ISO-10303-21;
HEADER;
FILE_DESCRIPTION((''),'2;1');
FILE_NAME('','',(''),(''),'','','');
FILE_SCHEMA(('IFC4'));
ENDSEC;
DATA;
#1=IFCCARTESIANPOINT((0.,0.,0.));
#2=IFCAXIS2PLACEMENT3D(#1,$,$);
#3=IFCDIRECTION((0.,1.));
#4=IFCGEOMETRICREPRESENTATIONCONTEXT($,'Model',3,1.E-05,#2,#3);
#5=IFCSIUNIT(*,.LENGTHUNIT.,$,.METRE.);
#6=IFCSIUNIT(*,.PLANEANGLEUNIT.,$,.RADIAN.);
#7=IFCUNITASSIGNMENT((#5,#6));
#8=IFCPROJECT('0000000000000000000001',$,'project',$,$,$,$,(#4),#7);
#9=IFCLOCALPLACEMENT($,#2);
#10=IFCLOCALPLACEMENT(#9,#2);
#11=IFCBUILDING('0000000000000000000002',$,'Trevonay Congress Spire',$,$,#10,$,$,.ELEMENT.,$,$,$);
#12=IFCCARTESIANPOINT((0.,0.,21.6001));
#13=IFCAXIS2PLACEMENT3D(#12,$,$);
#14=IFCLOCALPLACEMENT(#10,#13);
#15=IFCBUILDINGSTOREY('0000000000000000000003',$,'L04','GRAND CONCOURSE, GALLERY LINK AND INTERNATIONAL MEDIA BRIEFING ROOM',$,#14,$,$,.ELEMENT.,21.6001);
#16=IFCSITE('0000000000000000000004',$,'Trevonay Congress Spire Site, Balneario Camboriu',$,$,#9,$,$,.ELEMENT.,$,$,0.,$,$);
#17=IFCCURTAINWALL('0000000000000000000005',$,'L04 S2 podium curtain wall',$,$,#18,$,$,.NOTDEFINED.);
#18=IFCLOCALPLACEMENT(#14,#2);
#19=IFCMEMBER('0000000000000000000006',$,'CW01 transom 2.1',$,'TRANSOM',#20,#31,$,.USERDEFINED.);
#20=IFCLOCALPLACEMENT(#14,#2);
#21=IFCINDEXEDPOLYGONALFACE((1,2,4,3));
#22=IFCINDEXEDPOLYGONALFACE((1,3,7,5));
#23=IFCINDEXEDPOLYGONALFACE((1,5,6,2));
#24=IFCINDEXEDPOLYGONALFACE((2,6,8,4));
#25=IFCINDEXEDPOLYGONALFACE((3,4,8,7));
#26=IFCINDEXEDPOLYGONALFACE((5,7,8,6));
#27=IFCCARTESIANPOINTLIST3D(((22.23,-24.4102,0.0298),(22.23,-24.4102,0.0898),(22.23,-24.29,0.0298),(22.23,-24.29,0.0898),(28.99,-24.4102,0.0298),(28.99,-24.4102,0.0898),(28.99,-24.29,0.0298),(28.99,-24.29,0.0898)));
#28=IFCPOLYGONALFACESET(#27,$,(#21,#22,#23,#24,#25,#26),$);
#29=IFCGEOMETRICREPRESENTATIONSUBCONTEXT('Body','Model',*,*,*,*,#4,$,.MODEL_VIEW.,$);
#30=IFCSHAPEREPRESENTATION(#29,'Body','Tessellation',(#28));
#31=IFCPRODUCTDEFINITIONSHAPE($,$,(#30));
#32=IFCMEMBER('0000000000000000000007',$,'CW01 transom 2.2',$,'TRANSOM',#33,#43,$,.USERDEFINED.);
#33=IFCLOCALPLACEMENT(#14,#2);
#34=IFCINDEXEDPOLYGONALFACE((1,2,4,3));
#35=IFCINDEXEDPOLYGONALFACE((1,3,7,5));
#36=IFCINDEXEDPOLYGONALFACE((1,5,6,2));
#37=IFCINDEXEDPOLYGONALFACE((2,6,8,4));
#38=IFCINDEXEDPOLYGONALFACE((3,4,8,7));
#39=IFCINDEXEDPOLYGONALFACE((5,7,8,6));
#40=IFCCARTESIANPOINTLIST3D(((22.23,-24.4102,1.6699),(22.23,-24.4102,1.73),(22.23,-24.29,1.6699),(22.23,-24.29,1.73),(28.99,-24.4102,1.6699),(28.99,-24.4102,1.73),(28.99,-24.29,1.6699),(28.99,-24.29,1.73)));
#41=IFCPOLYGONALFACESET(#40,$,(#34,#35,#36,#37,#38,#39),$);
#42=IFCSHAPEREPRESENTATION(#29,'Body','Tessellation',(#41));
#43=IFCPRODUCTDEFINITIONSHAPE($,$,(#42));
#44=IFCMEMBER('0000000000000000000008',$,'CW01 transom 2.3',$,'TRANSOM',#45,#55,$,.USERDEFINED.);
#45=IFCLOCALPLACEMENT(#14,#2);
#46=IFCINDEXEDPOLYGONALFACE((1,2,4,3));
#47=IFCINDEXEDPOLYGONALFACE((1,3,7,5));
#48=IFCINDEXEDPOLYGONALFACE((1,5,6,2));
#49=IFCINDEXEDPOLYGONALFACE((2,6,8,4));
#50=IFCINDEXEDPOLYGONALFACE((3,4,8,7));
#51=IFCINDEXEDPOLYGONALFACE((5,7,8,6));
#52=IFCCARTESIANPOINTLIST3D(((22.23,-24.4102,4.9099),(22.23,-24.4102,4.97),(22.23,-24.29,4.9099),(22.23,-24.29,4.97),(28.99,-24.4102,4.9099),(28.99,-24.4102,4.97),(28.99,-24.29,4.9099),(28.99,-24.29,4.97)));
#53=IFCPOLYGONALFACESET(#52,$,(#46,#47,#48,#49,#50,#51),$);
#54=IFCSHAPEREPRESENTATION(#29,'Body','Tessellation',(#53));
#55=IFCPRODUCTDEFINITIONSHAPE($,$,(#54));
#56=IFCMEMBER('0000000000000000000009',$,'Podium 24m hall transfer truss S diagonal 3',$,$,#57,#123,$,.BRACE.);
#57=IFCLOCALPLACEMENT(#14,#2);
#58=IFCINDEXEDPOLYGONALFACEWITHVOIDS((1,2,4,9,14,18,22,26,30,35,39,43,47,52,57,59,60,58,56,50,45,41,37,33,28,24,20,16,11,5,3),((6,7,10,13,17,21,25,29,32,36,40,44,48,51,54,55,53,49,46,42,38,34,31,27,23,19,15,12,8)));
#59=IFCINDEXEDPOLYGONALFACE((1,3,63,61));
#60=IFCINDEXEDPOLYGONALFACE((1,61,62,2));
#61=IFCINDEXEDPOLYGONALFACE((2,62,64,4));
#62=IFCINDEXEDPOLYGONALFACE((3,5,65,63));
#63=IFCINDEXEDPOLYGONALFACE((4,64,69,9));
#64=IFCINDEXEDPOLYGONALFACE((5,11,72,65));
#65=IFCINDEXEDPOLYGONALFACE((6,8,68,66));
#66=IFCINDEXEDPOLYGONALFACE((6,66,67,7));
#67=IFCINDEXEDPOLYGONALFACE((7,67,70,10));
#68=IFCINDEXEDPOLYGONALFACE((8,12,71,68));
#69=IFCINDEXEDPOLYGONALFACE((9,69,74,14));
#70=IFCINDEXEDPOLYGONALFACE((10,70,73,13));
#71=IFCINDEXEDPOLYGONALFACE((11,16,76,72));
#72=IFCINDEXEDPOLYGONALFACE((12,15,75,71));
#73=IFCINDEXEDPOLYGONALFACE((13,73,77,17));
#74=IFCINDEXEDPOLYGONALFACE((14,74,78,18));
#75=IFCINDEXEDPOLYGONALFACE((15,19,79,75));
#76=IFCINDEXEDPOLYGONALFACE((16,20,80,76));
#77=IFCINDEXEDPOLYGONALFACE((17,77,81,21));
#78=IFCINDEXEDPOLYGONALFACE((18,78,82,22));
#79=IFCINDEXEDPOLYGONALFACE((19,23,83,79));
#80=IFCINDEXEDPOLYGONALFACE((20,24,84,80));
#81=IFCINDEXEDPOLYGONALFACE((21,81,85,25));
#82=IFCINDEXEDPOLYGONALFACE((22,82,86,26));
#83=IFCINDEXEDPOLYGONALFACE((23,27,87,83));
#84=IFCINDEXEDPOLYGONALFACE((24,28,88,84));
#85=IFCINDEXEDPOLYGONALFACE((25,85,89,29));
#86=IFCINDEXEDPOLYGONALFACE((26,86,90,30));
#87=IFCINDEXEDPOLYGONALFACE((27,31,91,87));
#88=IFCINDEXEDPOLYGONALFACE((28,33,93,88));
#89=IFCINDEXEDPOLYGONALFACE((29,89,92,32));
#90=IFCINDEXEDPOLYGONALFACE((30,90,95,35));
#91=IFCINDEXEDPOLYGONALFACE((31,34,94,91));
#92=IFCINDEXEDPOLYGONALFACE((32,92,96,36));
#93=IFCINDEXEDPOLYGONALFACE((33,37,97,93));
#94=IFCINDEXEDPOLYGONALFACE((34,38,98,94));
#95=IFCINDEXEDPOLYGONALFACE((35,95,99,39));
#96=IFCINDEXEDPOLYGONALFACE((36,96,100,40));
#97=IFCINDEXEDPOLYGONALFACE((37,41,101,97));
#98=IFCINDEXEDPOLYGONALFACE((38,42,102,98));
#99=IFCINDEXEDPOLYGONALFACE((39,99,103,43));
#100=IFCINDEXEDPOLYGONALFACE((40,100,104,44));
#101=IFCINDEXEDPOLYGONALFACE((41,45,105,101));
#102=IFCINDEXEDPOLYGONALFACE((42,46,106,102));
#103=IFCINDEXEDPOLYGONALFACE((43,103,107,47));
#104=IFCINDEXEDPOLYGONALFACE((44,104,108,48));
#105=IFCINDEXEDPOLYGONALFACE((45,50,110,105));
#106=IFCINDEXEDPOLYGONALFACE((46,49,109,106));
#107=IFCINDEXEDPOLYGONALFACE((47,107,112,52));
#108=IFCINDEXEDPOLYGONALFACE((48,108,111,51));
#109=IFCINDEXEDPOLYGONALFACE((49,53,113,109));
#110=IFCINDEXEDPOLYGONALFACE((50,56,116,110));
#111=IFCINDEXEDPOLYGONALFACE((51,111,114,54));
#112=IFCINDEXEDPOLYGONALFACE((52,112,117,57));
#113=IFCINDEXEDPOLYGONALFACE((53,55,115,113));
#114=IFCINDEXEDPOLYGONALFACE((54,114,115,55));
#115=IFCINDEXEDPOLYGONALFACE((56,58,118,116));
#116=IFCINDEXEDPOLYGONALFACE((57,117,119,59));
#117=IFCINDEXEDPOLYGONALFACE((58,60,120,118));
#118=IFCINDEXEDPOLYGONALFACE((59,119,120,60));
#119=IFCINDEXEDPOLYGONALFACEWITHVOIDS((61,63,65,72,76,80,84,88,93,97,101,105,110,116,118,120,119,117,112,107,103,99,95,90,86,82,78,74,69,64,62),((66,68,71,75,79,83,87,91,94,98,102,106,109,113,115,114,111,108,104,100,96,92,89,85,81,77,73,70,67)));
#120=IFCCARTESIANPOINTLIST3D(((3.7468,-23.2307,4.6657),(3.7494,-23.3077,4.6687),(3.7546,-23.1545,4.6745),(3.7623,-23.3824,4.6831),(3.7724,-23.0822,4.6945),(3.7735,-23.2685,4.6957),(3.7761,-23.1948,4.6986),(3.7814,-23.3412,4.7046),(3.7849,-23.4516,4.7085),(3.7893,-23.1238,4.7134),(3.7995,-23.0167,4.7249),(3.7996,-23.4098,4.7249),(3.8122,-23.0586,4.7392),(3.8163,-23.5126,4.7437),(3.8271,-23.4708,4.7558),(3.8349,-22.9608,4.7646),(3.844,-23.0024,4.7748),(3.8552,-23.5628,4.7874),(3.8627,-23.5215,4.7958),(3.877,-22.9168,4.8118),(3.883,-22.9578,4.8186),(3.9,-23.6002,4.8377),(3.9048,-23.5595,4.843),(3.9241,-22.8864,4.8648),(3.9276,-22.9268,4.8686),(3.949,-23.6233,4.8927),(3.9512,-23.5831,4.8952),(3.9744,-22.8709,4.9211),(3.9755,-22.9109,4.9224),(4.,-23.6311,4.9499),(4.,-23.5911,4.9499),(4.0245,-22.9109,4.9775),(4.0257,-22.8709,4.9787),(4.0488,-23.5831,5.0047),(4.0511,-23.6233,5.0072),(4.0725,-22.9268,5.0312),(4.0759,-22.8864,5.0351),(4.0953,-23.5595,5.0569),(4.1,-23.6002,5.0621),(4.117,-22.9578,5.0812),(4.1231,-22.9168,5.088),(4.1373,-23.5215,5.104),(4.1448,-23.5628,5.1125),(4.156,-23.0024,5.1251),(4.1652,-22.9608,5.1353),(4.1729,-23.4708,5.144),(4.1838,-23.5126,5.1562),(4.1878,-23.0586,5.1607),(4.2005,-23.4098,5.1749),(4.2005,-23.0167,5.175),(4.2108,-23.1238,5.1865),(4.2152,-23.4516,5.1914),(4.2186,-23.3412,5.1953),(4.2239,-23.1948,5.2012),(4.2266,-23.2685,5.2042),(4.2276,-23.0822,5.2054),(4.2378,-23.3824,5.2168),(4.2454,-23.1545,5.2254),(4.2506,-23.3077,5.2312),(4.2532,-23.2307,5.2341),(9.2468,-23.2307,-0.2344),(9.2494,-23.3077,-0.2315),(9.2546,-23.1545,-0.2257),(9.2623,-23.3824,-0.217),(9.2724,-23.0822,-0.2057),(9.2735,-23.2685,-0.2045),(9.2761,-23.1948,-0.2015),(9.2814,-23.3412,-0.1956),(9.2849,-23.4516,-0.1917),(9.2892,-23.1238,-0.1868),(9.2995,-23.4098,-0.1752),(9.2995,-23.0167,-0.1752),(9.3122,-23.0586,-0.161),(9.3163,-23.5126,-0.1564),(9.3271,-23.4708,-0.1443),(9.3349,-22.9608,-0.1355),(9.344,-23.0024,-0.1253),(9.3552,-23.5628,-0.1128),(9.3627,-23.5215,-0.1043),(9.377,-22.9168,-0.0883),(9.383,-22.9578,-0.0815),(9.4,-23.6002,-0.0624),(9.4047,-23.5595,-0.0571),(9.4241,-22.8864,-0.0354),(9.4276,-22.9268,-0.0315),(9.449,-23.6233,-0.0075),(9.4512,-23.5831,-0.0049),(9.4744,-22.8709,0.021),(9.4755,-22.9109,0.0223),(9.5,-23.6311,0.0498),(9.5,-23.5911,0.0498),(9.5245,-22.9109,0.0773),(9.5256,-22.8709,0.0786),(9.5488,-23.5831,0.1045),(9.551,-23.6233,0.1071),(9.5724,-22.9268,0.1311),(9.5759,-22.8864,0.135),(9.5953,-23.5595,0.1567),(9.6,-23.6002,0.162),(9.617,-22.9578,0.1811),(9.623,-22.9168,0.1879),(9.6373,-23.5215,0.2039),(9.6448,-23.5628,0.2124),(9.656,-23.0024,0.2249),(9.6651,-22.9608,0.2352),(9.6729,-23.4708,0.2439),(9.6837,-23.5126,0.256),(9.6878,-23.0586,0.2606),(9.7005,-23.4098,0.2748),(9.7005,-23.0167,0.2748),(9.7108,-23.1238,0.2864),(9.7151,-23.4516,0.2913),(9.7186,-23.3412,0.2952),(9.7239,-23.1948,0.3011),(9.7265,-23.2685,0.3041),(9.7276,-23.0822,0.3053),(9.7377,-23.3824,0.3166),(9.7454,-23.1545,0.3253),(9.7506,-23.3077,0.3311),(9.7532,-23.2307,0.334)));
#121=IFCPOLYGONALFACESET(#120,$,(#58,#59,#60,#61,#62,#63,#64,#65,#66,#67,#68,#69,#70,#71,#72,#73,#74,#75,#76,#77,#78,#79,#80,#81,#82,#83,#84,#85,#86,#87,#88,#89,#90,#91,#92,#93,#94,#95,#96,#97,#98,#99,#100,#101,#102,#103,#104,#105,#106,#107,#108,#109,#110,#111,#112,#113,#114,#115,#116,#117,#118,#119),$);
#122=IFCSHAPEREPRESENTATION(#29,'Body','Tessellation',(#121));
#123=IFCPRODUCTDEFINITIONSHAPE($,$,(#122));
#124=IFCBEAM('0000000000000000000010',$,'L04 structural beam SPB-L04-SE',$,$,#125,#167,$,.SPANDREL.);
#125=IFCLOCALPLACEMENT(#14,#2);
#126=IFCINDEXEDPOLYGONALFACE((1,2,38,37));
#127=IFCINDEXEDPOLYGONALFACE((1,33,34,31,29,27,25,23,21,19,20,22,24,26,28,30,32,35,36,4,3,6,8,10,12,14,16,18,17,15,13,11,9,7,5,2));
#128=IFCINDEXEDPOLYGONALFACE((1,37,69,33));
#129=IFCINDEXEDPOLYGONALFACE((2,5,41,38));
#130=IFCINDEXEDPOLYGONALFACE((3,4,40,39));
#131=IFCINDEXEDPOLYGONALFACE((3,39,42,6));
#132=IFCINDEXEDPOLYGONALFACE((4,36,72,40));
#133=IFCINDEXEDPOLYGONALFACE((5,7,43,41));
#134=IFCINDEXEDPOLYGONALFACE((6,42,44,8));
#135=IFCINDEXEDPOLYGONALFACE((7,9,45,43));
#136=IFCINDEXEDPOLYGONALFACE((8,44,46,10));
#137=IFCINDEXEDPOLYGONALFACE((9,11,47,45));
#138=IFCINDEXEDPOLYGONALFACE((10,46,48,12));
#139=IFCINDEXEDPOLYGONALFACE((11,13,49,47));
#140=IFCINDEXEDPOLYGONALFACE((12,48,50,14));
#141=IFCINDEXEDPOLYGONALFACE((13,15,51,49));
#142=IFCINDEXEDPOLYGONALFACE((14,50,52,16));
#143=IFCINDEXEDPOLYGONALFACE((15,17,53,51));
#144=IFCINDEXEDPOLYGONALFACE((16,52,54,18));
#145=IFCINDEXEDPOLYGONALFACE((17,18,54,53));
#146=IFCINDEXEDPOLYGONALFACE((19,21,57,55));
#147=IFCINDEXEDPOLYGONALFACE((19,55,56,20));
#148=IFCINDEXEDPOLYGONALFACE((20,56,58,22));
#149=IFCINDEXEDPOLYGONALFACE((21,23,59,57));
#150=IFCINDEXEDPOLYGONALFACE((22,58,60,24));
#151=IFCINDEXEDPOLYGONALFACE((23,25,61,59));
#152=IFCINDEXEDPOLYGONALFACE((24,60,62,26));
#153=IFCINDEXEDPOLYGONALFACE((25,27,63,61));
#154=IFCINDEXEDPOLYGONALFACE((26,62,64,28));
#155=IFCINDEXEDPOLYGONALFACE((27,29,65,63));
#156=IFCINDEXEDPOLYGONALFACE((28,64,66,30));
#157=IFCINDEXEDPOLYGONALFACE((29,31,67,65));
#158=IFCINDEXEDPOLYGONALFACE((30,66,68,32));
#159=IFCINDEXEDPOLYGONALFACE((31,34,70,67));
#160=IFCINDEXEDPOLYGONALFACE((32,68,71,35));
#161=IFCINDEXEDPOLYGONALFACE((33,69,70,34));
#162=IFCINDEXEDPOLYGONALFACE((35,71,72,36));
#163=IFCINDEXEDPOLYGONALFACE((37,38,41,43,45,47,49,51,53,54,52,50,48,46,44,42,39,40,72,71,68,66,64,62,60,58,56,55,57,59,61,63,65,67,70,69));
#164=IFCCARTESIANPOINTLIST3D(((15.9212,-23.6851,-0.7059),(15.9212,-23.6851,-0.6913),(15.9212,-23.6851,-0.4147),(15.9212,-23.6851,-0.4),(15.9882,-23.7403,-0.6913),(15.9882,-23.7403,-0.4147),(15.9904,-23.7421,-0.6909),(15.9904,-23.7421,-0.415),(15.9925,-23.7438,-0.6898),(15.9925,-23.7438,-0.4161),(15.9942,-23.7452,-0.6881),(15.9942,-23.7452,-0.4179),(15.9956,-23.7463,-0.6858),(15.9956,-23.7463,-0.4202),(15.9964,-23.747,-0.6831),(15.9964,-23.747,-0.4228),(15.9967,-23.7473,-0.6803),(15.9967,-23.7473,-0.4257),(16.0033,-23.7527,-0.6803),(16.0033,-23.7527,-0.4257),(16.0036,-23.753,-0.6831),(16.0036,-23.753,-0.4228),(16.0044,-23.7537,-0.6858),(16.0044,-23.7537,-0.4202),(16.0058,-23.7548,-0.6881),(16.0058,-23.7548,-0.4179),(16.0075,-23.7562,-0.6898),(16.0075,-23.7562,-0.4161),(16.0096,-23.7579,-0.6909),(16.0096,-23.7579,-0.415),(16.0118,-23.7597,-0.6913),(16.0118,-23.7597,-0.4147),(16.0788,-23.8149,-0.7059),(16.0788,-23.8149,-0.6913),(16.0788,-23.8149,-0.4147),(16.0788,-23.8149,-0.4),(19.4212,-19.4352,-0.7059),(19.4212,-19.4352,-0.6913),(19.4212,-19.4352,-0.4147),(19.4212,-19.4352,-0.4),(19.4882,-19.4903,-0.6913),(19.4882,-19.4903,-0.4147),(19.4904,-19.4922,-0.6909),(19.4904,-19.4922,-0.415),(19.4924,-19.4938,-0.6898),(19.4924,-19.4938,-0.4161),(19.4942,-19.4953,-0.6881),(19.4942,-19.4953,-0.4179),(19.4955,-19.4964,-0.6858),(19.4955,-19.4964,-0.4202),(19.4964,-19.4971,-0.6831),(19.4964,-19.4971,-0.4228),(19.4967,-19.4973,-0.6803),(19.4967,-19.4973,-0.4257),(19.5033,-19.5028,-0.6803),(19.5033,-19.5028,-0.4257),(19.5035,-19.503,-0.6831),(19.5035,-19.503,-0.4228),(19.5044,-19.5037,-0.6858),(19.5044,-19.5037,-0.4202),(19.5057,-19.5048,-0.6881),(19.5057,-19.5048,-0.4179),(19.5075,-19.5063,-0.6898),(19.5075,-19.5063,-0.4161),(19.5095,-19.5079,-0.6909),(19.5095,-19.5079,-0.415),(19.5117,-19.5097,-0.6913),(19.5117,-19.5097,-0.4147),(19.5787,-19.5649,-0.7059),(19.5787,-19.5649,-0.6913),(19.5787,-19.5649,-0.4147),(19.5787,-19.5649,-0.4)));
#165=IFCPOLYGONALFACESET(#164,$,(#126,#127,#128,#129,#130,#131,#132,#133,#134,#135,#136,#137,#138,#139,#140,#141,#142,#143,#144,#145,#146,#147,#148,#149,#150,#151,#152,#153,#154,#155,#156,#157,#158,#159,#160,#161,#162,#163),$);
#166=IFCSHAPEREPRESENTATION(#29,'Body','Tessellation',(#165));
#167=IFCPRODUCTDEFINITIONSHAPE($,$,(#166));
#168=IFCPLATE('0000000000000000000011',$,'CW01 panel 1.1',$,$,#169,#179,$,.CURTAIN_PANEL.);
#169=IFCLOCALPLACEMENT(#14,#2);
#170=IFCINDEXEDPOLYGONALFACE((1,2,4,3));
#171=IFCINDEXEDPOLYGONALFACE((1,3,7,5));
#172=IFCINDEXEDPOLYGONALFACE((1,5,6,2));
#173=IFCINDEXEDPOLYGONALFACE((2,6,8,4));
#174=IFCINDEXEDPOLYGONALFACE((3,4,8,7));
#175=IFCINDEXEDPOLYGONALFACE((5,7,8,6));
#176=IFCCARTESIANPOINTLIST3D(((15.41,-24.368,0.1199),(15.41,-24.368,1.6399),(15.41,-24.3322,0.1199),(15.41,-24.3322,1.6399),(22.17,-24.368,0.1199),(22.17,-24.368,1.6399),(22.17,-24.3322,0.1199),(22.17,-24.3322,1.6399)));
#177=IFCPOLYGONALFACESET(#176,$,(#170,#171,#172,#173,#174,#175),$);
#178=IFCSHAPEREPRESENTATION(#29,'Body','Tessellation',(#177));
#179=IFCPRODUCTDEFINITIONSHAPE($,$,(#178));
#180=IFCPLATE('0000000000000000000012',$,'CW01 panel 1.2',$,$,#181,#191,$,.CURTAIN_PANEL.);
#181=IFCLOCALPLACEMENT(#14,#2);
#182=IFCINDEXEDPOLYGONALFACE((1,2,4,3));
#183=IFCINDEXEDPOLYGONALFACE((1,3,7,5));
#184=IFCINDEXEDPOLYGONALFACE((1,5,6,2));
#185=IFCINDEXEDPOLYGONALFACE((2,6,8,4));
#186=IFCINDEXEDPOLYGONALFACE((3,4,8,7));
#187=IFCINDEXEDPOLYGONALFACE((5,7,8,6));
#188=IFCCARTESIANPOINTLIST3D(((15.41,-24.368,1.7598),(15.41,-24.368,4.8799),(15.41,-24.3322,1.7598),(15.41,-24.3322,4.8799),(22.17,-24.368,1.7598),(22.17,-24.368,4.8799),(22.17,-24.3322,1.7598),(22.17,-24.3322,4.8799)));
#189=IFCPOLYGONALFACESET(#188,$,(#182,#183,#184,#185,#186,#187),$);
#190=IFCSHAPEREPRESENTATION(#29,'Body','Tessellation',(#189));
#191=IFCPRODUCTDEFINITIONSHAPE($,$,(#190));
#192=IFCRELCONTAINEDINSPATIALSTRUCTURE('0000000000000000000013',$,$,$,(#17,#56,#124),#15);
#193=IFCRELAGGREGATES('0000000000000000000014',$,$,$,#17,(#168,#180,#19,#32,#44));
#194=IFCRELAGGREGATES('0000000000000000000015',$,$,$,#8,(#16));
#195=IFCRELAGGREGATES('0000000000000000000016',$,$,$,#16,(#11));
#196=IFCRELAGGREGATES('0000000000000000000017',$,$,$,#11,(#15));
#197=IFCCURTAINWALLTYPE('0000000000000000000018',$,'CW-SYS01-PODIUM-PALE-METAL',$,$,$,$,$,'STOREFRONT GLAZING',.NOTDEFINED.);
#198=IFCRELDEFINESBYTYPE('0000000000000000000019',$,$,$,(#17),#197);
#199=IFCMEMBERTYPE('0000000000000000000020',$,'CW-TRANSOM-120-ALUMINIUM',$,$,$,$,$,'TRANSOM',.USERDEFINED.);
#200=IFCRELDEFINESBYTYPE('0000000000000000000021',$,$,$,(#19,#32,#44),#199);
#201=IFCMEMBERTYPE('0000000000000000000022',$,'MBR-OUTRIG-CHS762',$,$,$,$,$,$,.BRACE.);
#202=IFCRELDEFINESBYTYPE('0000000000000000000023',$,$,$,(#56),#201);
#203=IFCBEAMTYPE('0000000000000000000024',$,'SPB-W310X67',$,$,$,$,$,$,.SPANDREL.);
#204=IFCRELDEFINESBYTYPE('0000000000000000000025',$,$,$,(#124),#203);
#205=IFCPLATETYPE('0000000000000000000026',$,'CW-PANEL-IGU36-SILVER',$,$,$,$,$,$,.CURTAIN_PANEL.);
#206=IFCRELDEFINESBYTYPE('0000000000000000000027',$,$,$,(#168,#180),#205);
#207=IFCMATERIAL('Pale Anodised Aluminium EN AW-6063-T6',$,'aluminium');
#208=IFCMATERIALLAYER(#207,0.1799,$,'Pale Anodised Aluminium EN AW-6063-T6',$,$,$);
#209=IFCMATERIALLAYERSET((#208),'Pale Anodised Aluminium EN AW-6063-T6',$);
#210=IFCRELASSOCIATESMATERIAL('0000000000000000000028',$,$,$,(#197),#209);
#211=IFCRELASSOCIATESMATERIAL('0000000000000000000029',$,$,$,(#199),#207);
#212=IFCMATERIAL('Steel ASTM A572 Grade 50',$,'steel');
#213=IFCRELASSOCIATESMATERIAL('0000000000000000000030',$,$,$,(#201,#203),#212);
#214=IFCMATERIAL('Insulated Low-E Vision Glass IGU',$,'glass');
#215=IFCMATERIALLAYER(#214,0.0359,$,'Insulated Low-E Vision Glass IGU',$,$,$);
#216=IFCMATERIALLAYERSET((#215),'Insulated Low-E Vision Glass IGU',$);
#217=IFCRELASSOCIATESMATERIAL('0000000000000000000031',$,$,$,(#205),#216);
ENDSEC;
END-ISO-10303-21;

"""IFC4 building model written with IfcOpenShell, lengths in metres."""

from ifc_helpers import new_model, si_unit, direction, frame, origin, origin_2d, place, context, subcontext, project, spatial, rectangle, hollow_circle, i_section, extrude, material, layer, layer_set, material_profile, profile_set, type_object, element, aggregate, save


model = new_model("IFC4")

# Units and contexts
model_context = context("Model", 3, precision=1e-05, world=origin(), true_north=direction((0.0, 1.0)))
body_context = subcontext(model_context, "Body", "Model", "MODEL_VIEW")
ifc_project = project(units=[si_unit("LENGTHUNIT", "METRE"), si_unit("PLANEANGLEUNIT", "RADIAN")], contexts=[model_context])

# Site, building, storey
site_placement = place(None, origin())
site = spatial("IfcSite", under=ifc_project, at=site_placement, Name="Trevonay Congress Spire Site, Balneario Camboriu", CompositionType="ELEMENT", RefElevation=0.0)
building_placement = place(site_placement, origin())
building = spatial("IfcBuilding", under=site, at=building_placement, Name="Trevonay Congress Spire", CompositionType="ELEMENT")
storey_placement = place(building_placement, frame((0.0, 0.0, 21.6001)))
storey = spatial("IfcBuildingStorey", under=building, at=storey_placement, Name="L04", Description="GRAND CONCOURSE, GALLERY LINK AND INTERNATIONAL MEDIA BRIEFING ROOM", CompositionType="ELEMENT", Elevation=21.6001)

# Shared definitions
ifc_material_1 = material(Name="Steel ASTM A572 Grade 50", Category="steel")

# Curtain wall, members
ifc_material_2 = material(Name="Pale Anodised Aluminium EN AW-6063-T6", Category="aluminium")
ifc_layer_1 = layer(ifc_material_2, 0.1799, Name="Pale Anodised Aluminium EN AW-6063-T6")
ifc_layer_set_1 = layer_set([ifc_layer_1], Name="Pale Anodised Aluminium EN AW-6063-T6")
curtain_wall_type = type_object("IfcCurtainWallType", Name="CW-SYS01-PODIUM-PALE-METAL", ElementType="STOREFRONT GLAZING", PredefinedType="NOTDEFINED", material=ifc_layer_set_1)
curtain_wall_placement = place(storey_placement, origin())
curtain_wall = element("IfcCurtainWall", 1, at=curtain_wall_placement, inside=storey, type_object=curtain_wall_type, Name="L04 S2 podium curtain wall", PredefinedType="NOTDEFINED")
ifc_material_profile_1 = material_profile(ifc_material_2, rectangle(XDim=0.1201, YDim=0.0601, at=origin_2d()), Name="CW-TRANSOM-120-ALUMINIUM")
ifc_profile_set_1 = profile_set([ifc_material_profile_1], Name="Pale Anodised Aluminium EN AW-6063-T6")
member_type_1 = type_object("IfcMemberType", Name="CW-TRANSOM-120-ALUMINIUM", ElementType="TRANSOM", PredefinedType="USERDEFINED", material=ifc_profile_set_1)
member_1_placement = place(storey_placement, frame((22.23, -24.3501, 0.0598), z_axis=(1.0, 0.0, 0.0), x_axis=(0.0, 1.0, 0.0)))
member_1 = element("IfcMember", 2, at=member_1_placement, type_object=member_type_1, Name="CW01 transom 2.1", ObjectType="TRANSOM", PredefinedType="USERDEFINED", context=body_context, shape_type="SweptSolid", body=[
    extrude(rectangle(XDim=0.1201, YDim=0.0601, at=origin_2d()), origin(), (0.0, 0.0, 1.0), 6.76),
])
member_2_placement = place(storey_placement, frame((22.23, -24.3501, 1.7), z_axis=(1.0, 0.0, 0.0), x_axis=(0.0, 1.0, 0.0)))
member_2 = element("IfcMember", 3, at=member_2_placement, type_object=member_type_1, Name="CW01 transom 2.2", ObjectType="TRANSOM", PredefinedType="USERDEFINED", context=body_context, shape_type="SweptSolid", body=[
    extrude(rectangle(XDim=0.1201, YDim=0.0601, at=origin_2d()), origin(), (0.0, 0.0, 1.0), 6.76),
])
member_3_placement = place(storey_placement, frame((22.23, -24.3501, 4.9399), z_axis=(1.0, 0.0, 0.0), x_axis=(0.0, 1.0, 0.0)))
member_3 = element("IfcMember", 4, at=member_3_placement, type_object=member_type_1, Name="CW01 transom 2.3", ObjectType="TRANSOM", PredefinedType="USERDEFINED", context=body_context, shape_type="SweptSolid", body=[
    extrude(rectangle(XDim=0.1201, YDim=0.0601, at=origin_2d()), origin(), (0.0, 0.0, 1.0), 6.76),
])

# Member
ifc_material_profile_2 = material_profile(ifc_material_1, hollow_circle(Radius=0.3811, WallThickness=0.04, at=origin_2d()), Name="CHS 762x40")
ifc_profile_set_2 = profile_set([ifc_material_profile_2], Name="Steel ASTM A572 Grade 50")
member_type_2 = type_object("IfcMemberType", Name="MBR-OUTRIG-CHS762", PredefinedType="BRACE", material=ifc_profile_set_2)
member_4_placement = place(storey_placement, frame((9.5, -23.25, 0.0498), z_axis=(-0.74665, 0.0, 0.665217), x_axis=(0.0, -1.0, 0.0)))
element("IfcMember", 5, at=member_4_placement, inside=storey, type_object=member_type_2, Name="Podium 24m hall transfer truss S diagonal 3", PredefinedType="BRACE", context=body_context, shape_type="SweptSolid", body=[
    extrude(hollow_circle(Radius=0.3811, WallThickness=0.04, at=origin_2d()), origin(), (0.0, 0.0, 1.0), 7.3662),
])

# Beam
ifc_material_profile_3 = material_profile(ifc_material_1, i_section(OverallWidth=0.2041, OverallDepth=0.3059, WebThickness=0.0085, FlangeThickness=0.0146, FilletRadius=0.011, at=origin_2d()), Name="W310x67")
ifc_profile_set_3 = profile_set([ifc_material_profile_3], Name="Steel ASTM A572 Grade 50")
beam_type_1 = type_object("IfcBeamType", Name="SPB-W310X67", PredefinedType="SPANDREL", material=ifc_profile_set_3)
beam_1_placement = place(storey_placement, frame((16.0, -23.75, -0.553), z_axis=(0.635707, 0.77193, 0.0), x_axis=(-0.77193, 0.635707, 0.0)))
element("IfcBeam", 6, at=beam_1_placement, inside=storey, type_object=beam_type_1, Name="L04 structural beam SPB-L04-SE", PredefinedType="SPANDREL", context=body_context, shape_type="SweptSolid", body=[
    extrude(i_section(OverallWidth=0.2041, OverallDepth=0.3059, WebThickness=0.0085, FlangeThickness=0.0146, FilletRadius=0.011, at=origin_2d()), origin(), (0.0, 0.0, 1.0), 5.5056),
])

# Plates
ifc_material_3 = material(Name="Insulated Low-E Vision Glass IGU", Category="glass")
ifc_layer_2 = layer(ifc_material_3, 0.0359, Name="Insulated Low-E Vision Glass IGU")
ifc_layer_set_2 = layer_set([ifc_layer_2], Name="Insulated Low-E Vision Glass IGU")
plate_type_1 = type_object("IfcPlateType", Name="CW-PANEL-IGU36-SILVER", PredefinedType="CURTAIN_PANEL", material=ifc_layer_set_2)
plate_1_placement = place(storey_placement, frame((18.79, -24.3501, 0.1199), z_axis=(0.0, 0.0, 1.0), x_axis=(1.0, 0.0, 0.0)))
plate_1 = element("IfcPlate", 7, at=plate_1_placement, type_object=plate_type_1, Name="CW01 panel 1.1", PredefinedType="CURTAIN_PANEL", context=body_context, shape_type="SweptSolid", body=[
    extrude(rectangle(XDim=6.76, YDim=0.0359, at=origin_2d()), origin(), (0.0, 0.0, 1.0), 1.52),
])
plate_2_placement = place(storey_placement, frame((18.79, -24.3501, 1.7598), z_axis=(0.0, 0.0, 1.0), x_axis=(1.0, 0.0, 0.0)))
plate_2 = element("IfcPlate", 8, at=plate_2_placement, type_object=plate_type_1, Name="CW01 panel 1.2", PredefinedType="CURTAIN_PANEL", context=body_context, shape_type="SweptSolid", body=[
    extrude(rectangle(XDim=6.76, YDim=0.0359, at=origin_2d()), origin(), (0.0, 0.0, 1.0), 3.1201),
])
aggregate(curtain_wall, [plate_1, plate_2, member_1, member_2, member_3])

save(model, "model.ifc")
